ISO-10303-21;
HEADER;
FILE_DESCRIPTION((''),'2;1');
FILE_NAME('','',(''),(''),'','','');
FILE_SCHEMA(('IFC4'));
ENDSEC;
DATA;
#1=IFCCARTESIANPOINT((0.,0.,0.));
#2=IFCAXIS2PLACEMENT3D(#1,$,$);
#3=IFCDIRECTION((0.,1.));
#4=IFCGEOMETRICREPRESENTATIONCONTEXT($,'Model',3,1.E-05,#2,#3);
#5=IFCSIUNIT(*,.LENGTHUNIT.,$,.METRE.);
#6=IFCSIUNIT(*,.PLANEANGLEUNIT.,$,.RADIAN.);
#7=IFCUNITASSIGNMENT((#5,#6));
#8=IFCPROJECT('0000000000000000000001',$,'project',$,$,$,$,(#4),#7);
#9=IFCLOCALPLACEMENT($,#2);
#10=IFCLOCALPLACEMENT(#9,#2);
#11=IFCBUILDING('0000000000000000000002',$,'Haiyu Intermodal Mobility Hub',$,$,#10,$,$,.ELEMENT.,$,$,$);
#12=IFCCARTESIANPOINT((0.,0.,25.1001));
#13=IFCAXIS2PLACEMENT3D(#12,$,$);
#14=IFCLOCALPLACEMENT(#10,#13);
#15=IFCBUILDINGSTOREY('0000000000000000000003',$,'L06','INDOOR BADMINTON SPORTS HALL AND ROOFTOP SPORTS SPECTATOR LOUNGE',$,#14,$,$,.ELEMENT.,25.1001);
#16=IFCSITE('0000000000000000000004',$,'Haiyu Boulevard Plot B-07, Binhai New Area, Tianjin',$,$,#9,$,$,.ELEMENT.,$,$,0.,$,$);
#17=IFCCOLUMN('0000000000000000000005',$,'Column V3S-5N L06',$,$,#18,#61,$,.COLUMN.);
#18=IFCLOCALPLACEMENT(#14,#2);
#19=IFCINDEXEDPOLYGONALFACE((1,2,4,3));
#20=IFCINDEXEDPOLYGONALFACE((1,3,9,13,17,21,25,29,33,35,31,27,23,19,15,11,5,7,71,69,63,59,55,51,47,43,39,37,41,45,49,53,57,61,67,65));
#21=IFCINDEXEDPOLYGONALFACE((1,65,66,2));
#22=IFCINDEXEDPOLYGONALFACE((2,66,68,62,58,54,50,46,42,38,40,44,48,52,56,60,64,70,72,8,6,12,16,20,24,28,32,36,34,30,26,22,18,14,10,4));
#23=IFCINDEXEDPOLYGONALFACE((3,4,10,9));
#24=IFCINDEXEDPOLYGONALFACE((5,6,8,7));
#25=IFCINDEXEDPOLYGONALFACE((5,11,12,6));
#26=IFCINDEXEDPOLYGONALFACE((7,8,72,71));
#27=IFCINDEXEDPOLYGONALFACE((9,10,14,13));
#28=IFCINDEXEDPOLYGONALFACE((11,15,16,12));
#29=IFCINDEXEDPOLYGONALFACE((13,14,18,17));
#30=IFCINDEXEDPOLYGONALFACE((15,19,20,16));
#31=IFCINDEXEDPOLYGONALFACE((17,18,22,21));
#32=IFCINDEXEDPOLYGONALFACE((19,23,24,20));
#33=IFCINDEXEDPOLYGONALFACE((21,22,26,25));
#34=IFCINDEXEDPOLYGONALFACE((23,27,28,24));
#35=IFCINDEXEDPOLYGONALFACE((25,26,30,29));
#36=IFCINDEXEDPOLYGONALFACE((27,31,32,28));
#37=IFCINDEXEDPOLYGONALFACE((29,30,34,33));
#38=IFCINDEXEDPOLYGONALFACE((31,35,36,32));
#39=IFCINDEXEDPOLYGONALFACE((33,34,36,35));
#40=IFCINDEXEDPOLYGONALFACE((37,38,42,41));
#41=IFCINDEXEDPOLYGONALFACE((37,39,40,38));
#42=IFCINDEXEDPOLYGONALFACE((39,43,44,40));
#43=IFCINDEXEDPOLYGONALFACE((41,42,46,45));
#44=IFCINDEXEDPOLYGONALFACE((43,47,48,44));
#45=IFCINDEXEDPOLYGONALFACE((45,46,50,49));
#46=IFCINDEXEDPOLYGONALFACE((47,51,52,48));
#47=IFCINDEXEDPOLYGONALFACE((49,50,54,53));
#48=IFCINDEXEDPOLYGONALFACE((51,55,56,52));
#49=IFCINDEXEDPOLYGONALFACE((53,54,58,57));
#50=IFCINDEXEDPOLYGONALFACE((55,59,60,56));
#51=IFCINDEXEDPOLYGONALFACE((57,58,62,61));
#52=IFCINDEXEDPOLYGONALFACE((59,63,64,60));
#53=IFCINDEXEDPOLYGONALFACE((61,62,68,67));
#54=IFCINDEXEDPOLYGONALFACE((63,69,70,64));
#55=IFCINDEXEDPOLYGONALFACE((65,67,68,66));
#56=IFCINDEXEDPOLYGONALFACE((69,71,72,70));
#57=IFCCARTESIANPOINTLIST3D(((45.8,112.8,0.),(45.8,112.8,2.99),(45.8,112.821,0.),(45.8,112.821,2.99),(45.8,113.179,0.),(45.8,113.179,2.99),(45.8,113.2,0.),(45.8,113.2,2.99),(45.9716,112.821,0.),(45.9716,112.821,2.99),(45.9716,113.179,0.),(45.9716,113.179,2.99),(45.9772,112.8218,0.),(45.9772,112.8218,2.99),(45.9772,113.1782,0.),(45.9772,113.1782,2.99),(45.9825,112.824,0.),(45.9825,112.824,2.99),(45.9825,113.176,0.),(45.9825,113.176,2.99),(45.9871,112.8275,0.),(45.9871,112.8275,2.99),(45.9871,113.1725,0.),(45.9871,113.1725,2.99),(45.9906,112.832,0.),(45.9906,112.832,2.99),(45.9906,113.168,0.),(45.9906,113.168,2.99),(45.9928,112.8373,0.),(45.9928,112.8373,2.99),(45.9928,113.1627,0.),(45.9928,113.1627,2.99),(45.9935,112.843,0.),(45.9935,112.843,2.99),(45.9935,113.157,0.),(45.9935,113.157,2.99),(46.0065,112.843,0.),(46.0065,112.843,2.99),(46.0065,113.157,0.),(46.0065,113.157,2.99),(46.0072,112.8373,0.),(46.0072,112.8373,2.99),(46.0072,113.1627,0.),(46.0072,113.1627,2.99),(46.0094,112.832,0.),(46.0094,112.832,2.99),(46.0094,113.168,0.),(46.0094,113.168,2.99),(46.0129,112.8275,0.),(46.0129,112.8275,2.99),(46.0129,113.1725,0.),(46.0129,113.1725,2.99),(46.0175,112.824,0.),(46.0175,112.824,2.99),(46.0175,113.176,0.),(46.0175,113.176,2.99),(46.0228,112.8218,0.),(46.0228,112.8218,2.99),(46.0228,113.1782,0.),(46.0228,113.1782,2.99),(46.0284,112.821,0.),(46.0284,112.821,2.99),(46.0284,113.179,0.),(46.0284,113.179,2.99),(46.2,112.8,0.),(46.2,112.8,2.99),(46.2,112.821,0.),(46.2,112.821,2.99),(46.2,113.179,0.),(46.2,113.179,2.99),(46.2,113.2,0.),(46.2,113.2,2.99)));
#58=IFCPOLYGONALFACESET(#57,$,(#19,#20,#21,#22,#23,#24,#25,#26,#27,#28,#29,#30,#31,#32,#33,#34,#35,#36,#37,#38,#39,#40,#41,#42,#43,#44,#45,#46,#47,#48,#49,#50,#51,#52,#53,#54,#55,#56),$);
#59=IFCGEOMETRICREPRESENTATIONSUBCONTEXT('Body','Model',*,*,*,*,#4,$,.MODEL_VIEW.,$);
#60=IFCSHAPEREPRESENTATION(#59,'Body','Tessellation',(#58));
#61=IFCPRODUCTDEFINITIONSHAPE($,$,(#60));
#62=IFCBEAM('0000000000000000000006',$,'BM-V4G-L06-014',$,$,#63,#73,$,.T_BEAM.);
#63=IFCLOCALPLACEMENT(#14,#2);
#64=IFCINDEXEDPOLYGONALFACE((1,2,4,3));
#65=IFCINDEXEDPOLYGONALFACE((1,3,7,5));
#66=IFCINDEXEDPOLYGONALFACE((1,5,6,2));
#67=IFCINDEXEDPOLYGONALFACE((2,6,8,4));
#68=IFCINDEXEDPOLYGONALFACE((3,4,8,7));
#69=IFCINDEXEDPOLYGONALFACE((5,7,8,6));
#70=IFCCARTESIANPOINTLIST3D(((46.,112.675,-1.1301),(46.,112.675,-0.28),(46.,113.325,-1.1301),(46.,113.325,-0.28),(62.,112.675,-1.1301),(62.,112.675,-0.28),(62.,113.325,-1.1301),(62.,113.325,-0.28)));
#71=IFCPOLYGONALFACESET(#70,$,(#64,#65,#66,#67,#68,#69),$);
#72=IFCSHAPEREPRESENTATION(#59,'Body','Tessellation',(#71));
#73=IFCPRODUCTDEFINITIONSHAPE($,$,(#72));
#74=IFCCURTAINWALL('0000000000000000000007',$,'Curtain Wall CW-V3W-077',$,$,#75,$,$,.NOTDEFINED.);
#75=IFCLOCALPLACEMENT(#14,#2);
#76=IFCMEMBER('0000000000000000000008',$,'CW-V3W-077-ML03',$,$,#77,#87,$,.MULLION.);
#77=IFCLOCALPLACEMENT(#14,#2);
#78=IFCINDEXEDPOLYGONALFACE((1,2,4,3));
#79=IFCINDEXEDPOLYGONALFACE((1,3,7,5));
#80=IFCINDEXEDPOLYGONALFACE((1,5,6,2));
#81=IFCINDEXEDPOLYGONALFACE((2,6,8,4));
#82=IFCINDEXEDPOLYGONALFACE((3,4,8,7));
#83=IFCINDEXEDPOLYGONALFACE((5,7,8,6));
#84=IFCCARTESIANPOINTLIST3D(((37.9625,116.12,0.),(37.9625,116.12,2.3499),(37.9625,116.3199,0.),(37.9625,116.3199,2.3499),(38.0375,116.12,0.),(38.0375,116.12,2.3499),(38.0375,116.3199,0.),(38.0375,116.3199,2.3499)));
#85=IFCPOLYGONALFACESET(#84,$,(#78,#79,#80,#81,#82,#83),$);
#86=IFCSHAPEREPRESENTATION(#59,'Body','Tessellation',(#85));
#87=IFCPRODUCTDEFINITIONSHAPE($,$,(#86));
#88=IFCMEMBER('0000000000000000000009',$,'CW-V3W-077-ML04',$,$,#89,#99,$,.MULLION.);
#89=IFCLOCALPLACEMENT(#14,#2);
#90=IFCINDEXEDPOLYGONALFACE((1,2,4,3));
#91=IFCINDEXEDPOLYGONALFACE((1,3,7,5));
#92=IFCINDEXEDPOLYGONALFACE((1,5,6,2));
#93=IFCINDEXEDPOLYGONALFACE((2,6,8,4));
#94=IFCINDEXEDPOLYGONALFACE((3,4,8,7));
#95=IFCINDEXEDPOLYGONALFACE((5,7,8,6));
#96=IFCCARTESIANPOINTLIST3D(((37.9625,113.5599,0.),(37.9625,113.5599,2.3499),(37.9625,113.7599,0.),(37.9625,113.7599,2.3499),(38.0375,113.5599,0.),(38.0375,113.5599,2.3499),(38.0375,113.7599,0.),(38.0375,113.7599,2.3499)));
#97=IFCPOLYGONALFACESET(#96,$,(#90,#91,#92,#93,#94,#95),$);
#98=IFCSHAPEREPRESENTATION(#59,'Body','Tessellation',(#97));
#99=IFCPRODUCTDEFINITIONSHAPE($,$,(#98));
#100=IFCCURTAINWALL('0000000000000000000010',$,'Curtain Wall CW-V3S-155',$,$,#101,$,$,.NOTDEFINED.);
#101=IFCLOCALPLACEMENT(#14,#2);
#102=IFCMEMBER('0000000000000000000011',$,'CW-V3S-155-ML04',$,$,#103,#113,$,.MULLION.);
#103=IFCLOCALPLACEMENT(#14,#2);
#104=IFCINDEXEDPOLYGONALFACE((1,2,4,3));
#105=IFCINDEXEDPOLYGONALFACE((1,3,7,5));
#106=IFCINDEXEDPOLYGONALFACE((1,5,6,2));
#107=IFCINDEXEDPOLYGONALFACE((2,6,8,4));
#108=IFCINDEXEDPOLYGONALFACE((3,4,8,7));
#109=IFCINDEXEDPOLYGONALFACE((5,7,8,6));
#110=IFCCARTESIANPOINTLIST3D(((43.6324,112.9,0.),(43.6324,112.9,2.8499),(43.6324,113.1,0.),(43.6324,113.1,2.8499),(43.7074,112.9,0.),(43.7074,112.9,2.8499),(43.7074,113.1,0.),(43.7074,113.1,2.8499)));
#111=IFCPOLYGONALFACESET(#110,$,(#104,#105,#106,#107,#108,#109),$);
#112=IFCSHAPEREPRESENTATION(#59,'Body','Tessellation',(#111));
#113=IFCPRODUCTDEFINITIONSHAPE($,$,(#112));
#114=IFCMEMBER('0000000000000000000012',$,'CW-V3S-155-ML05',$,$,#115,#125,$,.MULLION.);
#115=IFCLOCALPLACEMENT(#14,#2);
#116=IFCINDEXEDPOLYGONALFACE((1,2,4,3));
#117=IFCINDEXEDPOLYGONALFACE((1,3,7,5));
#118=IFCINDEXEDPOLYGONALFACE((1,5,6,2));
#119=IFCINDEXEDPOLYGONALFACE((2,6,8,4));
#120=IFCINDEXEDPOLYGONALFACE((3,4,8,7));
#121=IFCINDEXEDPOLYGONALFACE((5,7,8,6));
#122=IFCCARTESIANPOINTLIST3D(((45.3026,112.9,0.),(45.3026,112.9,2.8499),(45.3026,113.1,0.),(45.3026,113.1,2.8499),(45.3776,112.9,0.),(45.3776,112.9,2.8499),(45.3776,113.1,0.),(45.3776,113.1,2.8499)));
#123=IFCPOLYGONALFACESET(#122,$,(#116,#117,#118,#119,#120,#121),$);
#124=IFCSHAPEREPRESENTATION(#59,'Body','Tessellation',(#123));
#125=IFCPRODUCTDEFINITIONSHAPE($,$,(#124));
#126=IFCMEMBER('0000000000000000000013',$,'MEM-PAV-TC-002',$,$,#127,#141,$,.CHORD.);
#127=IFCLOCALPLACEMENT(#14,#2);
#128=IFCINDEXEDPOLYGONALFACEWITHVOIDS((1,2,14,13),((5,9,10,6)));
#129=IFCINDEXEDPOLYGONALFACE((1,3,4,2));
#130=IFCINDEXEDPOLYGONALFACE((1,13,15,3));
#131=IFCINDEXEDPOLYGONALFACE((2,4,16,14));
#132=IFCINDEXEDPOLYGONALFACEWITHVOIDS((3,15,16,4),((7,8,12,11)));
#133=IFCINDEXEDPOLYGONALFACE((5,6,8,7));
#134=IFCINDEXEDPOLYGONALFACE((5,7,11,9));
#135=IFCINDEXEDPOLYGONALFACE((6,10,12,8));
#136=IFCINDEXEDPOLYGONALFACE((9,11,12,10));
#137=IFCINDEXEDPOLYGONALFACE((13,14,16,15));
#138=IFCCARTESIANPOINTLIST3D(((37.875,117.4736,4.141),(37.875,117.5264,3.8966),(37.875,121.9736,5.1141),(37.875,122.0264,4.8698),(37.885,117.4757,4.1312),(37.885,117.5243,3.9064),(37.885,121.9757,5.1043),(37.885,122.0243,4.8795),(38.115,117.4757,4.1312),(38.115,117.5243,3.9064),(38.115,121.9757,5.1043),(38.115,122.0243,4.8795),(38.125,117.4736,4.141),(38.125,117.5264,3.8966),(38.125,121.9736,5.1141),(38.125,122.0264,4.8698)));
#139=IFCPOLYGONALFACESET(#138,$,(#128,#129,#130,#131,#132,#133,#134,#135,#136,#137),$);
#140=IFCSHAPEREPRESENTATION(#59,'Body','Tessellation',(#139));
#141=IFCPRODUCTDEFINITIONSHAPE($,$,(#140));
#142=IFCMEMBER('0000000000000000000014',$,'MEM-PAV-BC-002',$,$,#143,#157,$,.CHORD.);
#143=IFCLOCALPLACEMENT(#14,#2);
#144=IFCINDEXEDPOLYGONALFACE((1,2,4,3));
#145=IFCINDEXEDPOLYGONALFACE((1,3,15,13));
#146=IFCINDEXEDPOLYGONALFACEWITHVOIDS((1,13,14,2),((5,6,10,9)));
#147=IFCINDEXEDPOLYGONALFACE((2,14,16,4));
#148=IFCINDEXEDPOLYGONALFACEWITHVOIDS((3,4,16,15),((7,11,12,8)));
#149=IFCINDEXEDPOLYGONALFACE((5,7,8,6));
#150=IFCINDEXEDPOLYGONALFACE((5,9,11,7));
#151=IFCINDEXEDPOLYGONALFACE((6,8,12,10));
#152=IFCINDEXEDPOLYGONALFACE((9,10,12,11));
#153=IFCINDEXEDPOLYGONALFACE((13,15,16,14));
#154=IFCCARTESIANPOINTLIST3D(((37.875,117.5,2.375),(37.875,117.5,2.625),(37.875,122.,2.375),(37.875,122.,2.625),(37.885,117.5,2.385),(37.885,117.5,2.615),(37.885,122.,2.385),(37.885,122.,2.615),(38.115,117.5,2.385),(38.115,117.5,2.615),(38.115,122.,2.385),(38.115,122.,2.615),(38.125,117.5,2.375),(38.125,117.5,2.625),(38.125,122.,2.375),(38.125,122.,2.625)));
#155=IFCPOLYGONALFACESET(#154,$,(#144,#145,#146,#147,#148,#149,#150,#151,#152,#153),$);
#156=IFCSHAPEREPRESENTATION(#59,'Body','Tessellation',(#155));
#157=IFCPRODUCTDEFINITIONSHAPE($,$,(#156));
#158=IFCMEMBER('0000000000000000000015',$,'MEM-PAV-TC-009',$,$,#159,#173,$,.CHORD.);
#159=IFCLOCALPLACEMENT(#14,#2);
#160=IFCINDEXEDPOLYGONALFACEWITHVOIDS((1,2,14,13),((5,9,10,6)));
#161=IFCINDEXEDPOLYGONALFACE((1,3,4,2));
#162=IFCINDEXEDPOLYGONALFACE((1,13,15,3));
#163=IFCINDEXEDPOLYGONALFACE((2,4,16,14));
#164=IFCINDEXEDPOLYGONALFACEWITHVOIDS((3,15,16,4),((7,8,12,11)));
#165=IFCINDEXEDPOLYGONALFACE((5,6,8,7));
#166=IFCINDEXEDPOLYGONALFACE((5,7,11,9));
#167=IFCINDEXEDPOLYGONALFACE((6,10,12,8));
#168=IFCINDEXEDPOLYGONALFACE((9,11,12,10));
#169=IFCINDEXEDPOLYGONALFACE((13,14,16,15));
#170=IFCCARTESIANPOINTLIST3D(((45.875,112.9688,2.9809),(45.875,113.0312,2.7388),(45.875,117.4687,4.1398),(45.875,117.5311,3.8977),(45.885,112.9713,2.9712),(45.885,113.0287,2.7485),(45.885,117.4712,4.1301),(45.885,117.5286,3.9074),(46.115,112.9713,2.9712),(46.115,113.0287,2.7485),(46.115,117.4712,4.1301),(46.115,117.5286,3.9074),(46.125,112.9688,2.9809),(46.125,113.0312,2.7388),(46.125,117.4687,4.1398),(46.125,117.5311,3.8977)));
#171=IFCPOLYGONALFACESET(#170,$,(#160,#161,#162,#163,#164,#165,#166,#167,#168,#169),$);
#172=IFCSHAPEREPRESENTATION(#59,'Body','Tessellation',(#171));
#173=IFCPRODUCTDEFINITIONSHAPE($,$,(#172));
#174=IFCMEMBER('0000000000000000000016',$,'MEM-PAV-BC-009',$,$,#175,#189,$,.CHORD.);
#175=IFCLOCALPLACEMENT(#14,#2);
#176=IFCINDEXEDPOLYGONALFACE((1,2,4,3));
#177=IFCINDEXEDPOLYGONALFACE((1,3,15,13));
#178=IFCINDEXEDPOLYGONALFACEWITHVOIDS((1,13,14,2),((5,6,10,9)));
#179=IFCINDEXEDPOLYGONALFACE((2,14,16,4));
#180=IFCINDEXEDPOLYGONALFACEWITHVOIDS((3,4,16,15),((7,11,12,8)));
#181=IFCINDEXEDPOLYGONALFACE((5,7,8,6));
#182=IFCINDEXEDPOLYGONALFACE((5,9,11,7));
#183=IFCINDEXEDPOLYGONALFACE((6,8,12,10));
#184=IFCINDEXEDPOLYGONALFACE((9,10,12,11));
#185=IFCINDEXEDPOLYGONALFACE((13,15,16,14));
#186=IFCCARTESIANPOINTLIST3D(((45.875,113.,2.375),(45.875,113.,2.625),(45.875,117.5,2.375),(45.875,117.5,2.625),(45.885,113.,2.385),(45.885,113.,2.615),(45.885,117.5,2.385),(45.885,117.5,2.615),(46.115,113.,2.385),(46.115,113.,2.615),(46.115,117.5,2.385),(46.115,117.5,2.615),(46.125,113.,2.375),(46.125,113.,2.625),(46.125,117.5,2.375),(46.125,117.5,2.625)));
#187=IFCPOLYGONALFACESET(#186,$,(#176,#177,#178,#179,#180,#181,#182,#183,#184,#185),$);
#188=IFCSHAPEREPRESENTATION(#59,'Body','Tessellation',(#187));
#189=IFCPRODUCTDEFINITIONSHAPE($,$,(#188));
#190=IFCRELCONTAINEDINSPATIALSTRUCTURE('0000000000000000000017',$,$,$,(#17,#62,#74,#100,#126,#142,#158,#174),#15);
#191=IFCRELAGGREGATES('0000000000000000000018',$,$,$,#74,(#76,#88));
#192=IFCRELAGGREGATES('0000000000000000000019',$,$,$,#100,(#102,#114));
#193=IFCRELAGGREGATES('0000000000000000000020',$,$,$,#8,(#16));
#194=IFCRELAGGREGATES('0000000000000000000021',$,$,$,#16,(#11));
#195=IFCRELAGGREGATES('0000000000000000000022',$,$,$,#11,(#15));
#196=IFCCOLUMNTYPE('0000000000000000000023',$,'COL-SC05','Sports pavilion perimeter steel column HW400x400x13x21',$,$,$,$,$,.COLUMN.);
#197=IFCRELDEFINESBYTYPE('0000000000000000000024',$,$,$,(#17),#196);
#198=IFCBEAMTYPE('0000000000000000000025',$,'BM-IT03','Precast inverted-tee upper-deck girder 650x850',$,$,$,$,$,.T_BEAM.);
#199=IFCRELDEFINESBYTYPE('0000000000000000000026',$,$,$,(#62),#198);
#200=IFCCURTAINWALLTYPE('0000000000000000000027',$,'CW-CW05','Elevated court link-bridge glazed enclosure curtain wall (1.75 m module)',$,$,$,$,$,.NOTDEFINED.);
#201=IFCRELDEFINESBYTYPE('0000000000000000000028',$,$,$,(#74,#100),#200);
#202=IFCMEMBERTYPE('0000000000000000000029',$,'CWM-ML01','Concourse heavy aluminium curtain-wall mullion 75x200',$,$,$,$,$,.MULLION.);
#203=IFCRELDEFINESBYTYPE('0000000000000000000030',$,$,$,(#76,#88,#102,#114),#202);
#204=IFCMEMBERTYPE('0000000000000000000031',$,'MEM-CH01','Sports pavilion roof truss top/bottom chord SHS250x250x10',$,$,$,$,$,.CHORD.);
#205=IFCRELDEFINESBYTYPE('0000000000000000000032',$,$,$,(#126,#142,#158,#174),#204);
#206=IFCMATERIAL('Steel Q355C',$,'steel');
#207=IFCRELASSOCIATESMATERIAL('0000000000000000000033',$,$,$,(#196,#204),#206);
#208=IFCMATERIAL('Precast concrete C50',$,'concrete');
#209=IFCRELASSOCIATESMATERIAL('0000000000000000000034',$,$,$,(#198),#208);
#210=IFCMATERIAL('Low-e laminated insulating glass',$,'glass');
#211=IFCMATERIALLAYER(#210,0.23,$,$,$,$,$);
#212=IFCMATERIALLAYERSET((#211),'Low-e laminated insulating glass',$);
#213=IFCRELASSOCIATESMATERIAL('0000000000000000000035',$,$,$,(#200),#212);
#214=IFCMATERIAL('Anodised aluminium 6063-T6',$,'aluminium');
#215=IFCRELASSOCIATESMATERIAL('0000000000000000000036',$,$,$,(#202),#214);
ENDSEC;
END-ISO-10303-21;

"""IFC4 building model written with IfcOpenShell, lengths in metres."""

from ifc_helpers import new_model, si_unit, direction, frame, origin, origin_2d, place, context, subcontext, project, spatial, rectangle, hollow_rectangle, i_section, extrude, material, layer, layer_set, material_profile, profile_set, type_object, element, aggregate, save


model = new_model("IFC4")

# Units and contexts
model_context = context("Model", 3, precision=1e-05, world=origin(), true_north=direction((0.0, 1.0)))
body_context = subcontext(model_context, "Body", "Model", "MODEL_VIEW")
ifc_project = project(units=[si_unit("LENGTHUNIT", "METRE"), si_unit("PLANEANGLEUNIT", "RADIAN")], contexts=[model_context])

# Site, building, storey
site_placement = place(None, origin())
site = spatial("IfcSite", under=ifc_project, at=site_placement, Name="Haiyu Boulevard Plot B-07, Binhai New Area, Tianjin", CompositionType="ELEMENT", RefElevation=0.0)
building_placement = place(site_placement, origin())
building = spatial("IfcBuilding", under=site, at=building_placement, Name="Haiyu Intermodal Mobility Hub", CompositionType="ELEMENT")
storey_placement = place(building_placement, frame((0.0, 0.0, 25.1001)))
storey = spatial("IfcBuildingStorey", under=building, at=storey_placement, Name="L06", Description="INDOOR BADMINTON SPORTS HALL AND ROOFTOP SPORTS SPECTATOR LOUNGE", CompositionType="ELEMENT", Elevation=25.1001)

# Column
ifc_material_1 = material(Name="Steel Q355C", Category="steel")
ifc_material_profile_1 = material_profile(ifc_material_1, i_section(OverallWidth=0.3999, OverallDepth=0.3999, WebThickness=0.0129, FlangeThickness=0.021, FilletRadius=0.022, at=origin_2d()), Name="HW400x400x13x21")
ifc_profile_set_1 = profile_set([ifc_material_profile_1], Name="Steel Q355C")
column_type = type_object("IfcColumnType", Name="COL-SC05", Description="Sports pavilion perimeter steel column HW400x400x13x21", PredefinedType="COLUMN", material=ifc_profile_set_1)
column_placement = place(storey_placement, frame((46.0, 113.0, 0.0), z_axis=(0.0, 0.0, 1.0), x_axis=(1.0, 0.0, 0.0)))
element("IfcColumn", 1, at=column_placement, inside=storey, type_object=column_type, Name="Column V3S-5N L06", PredefinedType="COLUMN", context=body_context, shape_type="SweptSolid", body=[
    extrude(i_section(OverallWidth=0.3999, OverallDepth=0.3999, WebThickness=0.0129, FlangeThickness=0.021, FilletRadius=0.022, at=origin_2d()), origin(), (0.0, 0.0, 1.0), 2.99),
])

# Beam
ifc_material_2 = material(Name="Precast concrete C50", Category="concrete")
ifc_material_profile_2 = material_profile(ifc_material_2, rectangle(XDim=0.6499, YDim=0.8501, at=origin_2d()), Name="PC650x850")
ifc_profile_set_2 = profile_set([ifc_material_profile_2], Name="Precast concrete C50")
beam_type = type_object("IfcBeamType", Name="BM-IT03", Description="Precast inverted-tee upper-deck girder 650x850", PredefinedType="T_BEAM", material=ifc_profile_set_2)
beam_placement = place(storey_placement, frame((46.0, 113.0, -0.7051), z_axis=(1.0, 0.0, 0.0), x_axis=(0.0, 1.0, 0.0)))
element("IfcBeam", 2, at=beam_placement, inside=storey, type_object=beam_type, Name="BM-V4G-L06-014", PredefinedType="T_BEAM", context=body_context, shape_type="SweptSolid", body=[
    extrude(rectangle(XDim=0.6499, YDim=0.8501, at=origin_2d()), origin(), (0.0, 0.0, 1.0), 16.0),
])

# Curtain walls, members
ifc_material_3 = material(Name="Low-e laminated insulating glass", Category="glass")
ifc_layer_1 = layer(ifc_material_3, 0.23)
ifc_layer_set_1 = layer_set([ifc_layer_1], Name="Low-e laminated insulating glass")
curtain_wall_type = type_object("IfcCurtainWallType", Name="CW-CW05", Description="Elevated court link-bridge glazed enclosure curtain wall (1.75 m module)", PredefinedType="NOTDEFINED", material=ifc_layer_set_1)
curtain_wall_1_placement = place(storey_placement, origin())
curtain_wall_1 = element("IfcCurtainWall", 3, at=curtain_wall_1_placement, inside=storey, type_object=curtain_wall_type, Name="Curtain Wall CW-V3W-077", PredefinedType="NOTDEFINED")
ifc_material_4 = material(Name="Anodised aluminium 6063-T6", Category="aluminium")
ifc_material_profile_3 = material_profile(ifc_material_4, rectangle(XDim=0.075, YDim=0.2, at=origin_2d()), Name="ALU75x200")
ifc_profile_set_3 = profile_set([ifc_material_profile_3], Name="Anodised aluminium 6063-T6")
member_type_1 = type_object("IfcMemberType", Name="CWM-ML01", Description="Concourse heavy aluminium curtain-wall mullion 75x200", PredefinedType="MULLION", material=ifc_profile_set_3)
member_1_placement = place(storey_placement, frame((38.0, 116.22, 0.0), z_axis=(0.0, 0.0, 1.0), x_axis=(1.0, 0.0, 0.0)))
member_1 = element("IfcMember", 4, at=member_1_placement, type_object=member_type_1, Name="CW-V3W-077-ML03", PredefinedType="MULLION", context=body_context, shape_type="SweptSolid", body=[
    extrude(rectangle(XDim=0.075, YDim=0.2, at=origin_2d()), origin(), (0.0, 0.0, 1.0), 2.3499),
])
member_2_placement = place(storey_placement, frame((38.0, 113.6599, 0.0), z_axis=(0.0, 0.0, 1.0), x_axis=(1.0, 0.0, 0.0)))
member_2 = element("IfcMember", 5, at=member_2_placement, type_object=member_type_1, Name="CW-V3W-077-ML04", PredefinedType="MULLION", context=body_context, shape_type="SweptSolid", body=[
    extrude(rectangle(XDim=0.075, YDim=0.2, at=origin_2d()), origin(), (0.0, 0.0, 1.0), 2.3499),
])
curtain_wall_2_placement = place(storey_placement, origin())
curtain_wall_2 = element("IfcCurtainWall", 6, at=curtain_wall_2_placement, inside=storey, type_object=curtain_wall_type, Name="Curtain Wall CW-V3S-155", PredefinedType="NOTDEFINED")
member_3_placement = place(storey_placement, frame((43.6699, 113.0, 0.0), z_axis=(0.0, 0.0, 1.0), x_axis=(1.0, 0.0, 0.0)))
member_3 = element("IfcMember", 7, at=member_3_placement, type_object=member_type_1, Name="CW-V3S-155-ML04", PredefinedType="MULLION", context=body_context, shape_type="SweptSolid", body=[
    extrude(rectangle(XDim=0.075, YDim=0.2, at=origin_2d()), origin(), (0.0, 0.0, 1.0), 2.8499),
])
member_4_placement = place(storey_placement, frame((45.3401, 113.0, 0.0), z_axis=(0.0, 0.0, 1.0), x_axis=(1.0, 0.0, 0.0)))
member_4 = element("IfcMember", 8, at=member_4_placement, type_object=member_type_1, Name="CW-V3S-155-ML05", PredefinedType="MULLION", context=body_context, shape_type="SweptSolid", body=[
    extrude(rectangle(XDim=0.075, YDim=0.2, at=origin_2d()), origin(), (0.0, 0.0, 1.0), 2.8499),
])

# Members
ifc_material_profile_4 = material_profile(ifc_material_1, hollow_rectangle(XDim=0.25, YDim=0.25, WallThickness=0.01, at=origin_2d()), Name="SHS250x250x10")
ifc_profile_set_4 = profile_set([ifc_material_profile_4], Name="Steel Q355C")
member_type_2 = type_object("IfcMemberType", Name="MEM-CH01", Description="Sports pavilion roof truss top/bottom chord SHS250x250x10", PredefinedType="CHORD", material=ifc_profile_set_4)
member_5_placement = place(storey_placement, frame((38.0, 117.5, 4.0188), z_axis=(0.0, 0.977406, 0.211368), x_axis=(-1.0, 0.0, 0.0)))
element("IfcMember", 9, at=member_5_placement, inside=storey, type_object=member_type_2, Name="MEM-PAV-TC-002", PredefinedType="CHORD", context=body_context, shape_type="SweptSolid", body=[
    extrude(hollow_rectangle(XDim=0.25, YDim=0.25, WallThickness=0.01, at=origin_2d()), origin(), (0.0, 0.0, 1.0), 4.604),
])
member_6_placement = place(storey_placement, frame((38.0, 117.5, 2.5), z_axis=(0.0, 1.0, 0.0), x_axis=(-1.0, 0.0, 0.0)))
element("IfcMember", 10, at=member_6_placement, inside=storey, type_object=member_type_2, Name="MEM-PAV-BC-002", PredefinedType="CHORD", context=body_context, shape_type="SweptSolid", body=[
    extrude(hollow_rectangle(XDim=0.25, YDim=0.25, WallThickness=0.01, at=origin_2d()), origin(), (0.0, 0.0, 1.0), 4.5),
])
member_7_placement = place(storey_placement, frame((46.0, 113.0, 2.8599), z_axis=(0.0, 0.9684, 0.249403), x_axis=(-1.0, 0.0, 0.0)))
element("IfcMember", 11, at=member_7_placement, inside=storey, type_object=member_type_2, Name="MEM-PAV-TC-009", PredefinedType="CHORD", context=body_context, shape_type="SweptSolid", body=[
    extrude(hollow_rectangle(XDim=0.25, YDim=0.25, WallThickness=0.01, at=origin_2d()), origin(), (0.0, 0.0, 1.0), 4.6467),
])
member_8_placement = place(storey_placement, frame((46.0, 113.0, 2.5), z_axis=(0.0, 1.0, 0.0), x_axis=(-1.0, 0.0, 0.0)))
element("IfcMember", 12, at=member_8_placement, inside=storey, type_object=member_type_2, Name="MEM-PAV-BC-009", PredefinedType="CHORD", context=body_context, shape_type="SweptSolid", body=[
    extrude(hollow_rectangle(XDim=0.25, YDim=0.25, WallThickness=0.01, at=origin_2d()), origin(), (0.0, 0.0, 1.0), 4.5),
])

aggregate(curtain_wall_1, [member_1, member_2])
aggregate(curtain_wall_2, [member_3, member_4])

save(model, "model.ifc")
